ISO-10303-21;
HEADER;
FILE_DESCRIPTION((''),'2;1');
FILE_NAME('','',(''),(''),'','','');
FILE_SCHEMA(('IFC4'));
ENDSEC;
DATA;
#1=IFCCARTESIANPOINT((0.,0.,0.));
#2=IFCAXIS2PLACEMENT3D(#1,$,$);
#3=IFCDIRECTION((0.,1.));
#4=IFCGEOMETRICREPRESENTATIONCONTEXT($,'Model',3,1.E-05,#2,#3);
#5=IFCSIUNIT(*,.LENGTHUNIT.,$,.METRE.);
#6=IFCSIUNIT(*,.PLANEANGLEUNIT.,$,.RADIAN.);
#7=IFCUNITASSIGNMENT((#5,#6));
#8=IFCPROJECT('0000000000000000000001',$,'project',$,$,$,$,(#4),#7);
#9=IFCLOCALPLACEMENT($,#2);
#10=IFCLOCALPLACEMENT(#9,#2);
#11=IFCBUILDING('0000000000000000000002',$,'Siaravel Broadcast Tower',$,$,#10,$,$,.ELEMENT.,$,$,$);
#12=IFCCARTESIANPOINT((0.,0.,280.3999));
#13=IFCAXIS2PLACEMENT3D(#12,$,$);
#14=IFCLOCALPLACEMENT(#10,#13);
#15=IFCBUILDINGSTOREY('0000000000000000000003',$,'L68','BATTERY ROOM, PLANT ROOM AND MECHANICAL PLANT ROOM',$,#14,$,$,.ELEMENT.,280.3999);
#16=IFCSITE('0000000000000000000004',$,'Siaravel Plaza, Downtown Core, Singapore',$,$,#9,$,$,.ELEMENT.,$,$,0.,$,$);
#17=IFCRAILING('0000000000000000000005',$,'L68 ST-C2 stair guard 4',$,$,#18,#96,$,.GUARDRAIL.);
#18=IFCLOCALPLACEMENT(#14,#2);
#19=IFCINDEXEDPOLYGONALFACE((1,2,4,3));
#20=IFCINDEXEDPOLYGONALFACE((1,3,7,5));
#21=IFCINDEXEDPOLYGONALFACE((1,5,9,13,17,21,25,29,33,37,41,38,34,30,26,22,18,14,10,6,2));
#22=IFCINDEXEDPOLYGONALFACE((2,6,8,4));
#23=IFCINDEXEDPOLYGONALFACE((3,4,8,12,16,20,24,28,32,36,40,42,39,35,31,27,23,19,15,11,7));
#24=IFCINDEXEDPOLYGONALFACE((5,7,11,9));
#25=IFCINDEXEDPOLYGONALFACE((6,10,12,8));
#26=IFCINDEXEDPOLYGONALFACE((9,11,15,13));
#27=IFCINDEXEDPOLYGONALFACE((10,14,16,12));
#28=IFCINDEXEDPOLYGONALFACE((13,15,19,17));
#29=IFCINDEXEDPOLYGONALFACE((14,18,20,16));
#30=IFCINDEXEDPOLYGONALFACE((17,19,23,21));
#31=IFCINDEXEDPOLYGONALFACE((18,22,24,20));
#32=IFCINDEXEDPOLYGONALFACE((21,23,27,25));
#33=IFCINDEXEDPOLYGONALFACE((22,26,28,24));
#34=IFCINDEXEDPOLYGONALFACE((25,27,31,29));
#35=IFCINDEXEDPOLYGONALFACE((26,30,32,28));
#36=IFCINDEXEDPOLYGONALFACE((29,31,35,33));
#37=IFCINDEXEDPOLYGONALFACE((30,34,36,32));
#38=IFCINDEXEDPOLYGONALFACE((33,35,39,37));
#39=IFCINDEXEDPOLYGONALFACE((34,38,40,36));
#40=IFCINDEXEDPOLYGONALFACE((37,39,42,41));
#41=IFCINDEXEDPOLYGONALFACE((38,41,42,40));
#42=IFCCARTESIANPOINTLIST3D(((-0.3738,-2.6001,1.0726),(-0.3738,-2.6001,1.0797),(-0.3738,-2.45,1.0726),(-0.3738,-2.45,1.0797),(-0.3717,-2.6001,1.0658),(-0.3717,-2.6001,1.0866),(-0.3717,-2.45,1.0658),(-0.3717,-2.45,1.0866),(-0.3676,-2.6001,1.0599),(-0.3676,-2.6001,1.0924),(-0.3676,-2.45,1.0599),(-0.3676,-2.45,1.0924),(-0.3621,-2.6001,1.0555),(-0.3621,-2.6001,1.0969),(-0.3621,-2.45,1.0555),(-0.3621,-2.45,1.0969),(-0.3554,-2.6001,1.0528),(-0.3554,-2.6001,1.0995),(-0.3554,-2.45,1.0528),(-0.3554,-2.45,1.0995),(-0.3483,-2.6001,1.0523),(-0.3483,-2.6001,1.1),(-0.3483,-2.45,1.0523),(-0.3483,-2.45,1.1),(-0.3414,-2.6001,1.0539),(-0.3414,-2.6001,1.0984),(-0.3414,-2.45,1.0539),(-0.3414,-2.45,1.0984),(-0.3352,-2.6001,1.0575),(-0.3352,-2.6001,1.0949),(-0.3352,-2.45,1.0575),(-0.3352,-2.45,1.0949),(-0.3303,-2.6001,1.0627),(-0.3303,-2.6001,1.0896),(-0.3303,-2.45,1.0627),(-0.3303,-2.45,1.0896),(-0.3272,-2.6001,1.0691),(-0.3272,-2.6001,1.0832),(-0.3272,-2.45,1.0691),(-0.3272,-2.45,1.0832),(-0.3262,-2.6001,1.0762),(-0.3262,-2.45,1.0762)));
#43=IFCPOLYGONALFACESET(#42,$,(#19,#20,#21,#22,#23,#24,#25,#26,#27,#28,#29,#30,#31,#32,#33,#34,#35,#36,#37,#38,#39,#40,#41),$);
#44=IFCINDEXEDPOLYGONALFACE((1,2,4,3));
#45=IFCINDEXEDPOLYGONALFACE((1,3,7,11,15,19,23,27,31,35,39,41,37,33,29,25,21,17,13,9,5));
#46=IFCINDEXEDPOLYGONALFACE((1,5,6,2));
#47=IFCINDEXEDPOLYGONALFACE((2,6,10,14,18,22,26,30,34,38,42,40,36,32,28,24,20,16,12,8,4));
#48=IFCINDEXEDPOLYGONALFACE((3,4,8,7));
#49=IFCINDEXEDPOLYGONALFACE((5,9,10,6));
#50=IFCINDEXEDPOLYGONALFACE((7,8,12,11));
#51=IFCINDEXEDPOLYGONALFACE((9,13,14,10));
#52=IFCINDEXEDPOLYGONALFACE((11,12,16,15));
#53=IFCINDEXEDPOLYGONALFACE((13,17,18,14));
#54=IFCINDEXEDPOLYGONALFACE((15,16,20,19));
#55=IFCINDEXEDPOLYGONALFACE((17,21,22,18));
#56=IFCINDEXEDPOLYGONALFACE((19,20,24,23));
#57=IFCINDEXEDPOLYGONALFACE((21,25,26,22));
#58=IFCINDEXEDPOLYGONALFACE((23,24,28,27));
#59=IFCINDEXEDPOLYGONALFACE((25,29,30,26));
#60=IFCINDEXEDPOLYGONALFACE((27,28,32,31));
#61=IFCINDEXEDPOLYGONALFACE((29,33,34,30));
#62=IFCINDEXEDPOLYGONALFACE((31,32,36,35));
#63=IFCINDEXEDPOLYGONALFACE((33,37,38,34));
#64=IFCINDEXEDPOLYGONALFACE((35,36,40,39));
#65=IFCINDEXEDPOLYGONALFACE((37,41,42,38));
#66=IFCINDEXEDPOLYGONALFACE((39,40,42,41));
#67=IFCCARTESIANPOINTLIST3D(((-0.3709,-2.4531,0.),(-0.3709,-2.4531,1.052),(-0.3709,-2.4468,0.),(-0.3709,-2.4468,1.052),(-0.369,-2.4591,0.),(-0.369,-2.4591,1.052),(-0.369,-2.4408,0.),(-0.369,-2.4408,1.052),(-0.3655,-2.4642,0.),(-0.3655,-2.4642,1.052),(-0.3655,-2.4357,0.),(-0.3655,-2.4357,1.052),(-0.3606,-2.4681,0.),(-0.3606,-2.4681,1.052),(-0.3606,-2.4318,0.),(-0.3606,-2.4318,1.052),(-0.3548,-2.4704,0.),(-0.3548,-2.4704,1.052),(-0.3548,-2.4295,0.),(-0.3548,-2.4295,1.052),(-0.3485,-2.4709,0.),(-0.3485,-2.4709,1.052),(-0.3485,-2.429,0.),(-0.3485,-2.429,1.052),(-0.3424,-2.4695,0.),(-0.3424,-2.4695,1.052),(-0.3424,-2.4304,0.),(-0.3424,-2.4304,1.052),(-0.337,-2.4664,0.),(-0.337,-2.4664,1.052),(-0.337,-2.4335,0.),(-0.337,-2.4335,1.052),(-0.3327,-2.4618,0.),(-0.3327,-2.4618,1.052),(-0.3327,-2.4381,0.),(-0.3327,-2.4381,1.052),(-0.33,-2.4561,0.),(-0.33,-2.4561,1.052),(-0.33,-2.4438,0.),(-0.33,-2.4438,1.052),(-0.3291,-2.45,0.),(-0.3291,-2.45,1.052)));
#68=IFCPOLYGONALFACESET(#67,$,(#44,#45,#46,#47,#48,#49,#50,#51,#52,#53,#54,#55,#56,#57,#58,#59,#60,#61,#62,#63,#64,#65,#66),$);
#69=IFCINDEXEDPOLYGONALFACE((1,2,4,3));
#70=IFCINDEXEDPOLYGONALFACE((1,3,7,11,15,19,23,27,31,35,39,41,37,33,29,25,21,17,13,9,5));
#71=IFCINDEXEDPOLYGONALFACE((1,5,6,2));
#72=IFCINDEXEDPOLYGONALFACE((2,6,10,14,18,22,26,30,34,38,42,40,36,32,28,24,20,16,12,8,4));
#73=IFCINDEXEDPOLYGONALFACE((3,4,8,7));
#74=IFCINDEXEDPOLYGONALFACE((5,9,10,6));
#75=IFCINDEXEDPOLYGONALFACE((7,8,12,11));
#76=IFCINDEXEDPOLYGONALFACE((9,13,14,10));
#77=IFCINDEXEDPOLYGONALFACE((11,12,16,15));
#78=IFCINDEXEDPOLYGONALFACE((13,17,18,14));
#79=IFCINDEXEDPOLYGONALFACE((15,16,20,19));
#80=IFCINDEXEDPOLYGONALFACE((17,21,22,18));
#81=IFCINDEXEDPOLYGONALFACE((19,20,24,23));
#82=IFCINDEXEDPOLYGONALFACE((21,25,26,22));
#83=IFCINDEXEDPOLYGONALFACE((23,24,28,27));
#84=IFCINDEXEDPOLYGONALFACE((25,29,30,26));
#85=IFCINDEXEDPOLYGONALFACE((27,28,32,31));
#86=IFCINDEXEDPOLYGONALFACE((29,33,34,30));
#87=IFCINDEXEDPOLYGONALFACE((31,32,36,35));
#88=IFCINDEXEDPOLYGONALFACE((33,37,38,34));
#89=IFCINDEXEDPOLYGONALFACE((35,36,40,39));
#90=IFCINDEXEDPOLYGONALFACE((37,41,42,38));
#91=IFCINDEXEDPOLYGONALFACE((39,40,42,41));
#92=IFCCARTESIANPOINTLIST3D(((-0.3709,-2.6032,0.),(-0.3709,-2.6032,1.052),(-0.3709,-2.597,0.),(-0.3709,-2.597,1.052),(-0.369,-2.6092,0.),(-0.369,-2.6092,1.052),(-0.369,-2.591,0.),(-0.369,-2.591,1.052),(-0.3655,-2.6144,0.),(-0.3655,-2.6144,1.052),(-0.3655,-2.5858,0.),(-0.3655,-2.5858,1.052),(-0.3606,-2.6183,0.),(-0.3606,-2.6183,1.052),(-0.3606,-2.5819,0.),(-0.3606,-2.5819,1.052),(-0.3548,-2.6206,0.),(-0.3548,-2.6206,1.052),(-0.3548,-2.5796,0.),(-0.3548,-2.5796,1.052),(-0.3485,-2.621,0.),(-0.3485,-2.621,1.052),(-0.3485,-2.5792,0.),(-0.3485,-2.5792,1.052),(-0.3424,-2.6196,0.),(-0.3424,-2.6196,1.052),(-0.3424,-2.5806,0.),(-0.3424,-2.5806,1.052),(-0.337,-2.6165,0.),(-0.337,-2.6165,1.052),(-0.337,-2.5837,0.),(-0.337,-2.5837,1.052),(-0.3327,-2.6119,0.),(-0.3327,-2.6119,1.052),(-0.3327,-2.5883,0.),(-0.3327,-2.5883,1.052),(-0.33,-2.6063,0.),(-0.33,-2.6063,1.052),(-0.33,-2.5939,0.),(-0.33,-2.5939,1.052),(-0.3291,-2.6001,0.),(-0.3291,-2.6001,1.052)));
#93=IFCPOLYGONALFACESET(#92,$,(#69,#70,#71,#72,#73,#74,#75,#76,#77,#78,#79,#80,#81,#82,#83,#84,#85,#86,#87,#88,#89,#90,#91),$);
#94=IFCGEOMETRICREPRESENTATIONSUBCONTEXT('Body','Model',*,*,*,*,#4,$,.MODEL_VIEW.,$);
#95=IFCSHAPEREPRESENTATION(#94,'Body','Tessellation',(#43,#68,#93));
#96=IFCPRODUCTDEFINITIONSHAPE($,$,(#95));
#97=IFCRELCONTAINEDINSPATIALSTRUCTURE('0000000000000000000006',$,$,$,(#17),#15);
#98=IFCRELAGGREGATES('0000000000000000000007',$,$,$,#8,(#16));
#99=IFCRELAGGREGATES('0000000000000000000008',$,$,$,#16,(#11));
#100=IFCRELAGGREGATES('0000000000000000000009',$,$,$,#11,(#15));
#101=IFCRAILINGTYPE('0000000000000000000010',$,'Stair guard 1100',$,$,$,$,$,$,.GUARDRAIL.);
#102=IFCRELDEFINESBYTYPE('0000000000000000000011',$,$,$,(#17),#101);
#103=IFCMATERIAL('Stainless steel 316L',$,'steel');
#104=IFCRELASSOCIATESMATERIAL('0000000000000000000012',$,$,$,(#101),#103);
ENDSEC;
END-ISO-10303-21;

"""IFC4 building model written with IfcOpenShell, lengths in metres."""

from ifc_helpers import new_model, si_unit, direction, frame, origin, origin_2d, place, context, subcontext, project, spatial, circle, extrude, material, type_object, element, save


model = new_model("IFC4")

# Units and contexts
model_context = context("Model", 3, precision=1e-05, world=origin(), true_north=direction((0.0, 1.0)))
body_context = subcontext(model_context, "Body", "Model", "MODEL_VIEW")
ifc_project = project(units=[si_unit("LENGTHUNIT", "METRE"), si_unit("PLANEANGLEUNIT", "RADIAN")], contexts=[model_context])

# Site, building, storey
site_placement = place(None, origin())
site = spatial("IfcSite", under=ifc_project, at=site_placement, Name="Siaravel Plaza, Downtown Core, Singapore", CompositionType="ELEMENT", RefElevation=0.0)
building_placement = place(site_placement, origin())
building = spatial("IfcBuilding", under=site, at=building_placement, Name="Siaravel Broadcast Tower", CompositionType="ELEMENT")
storey_placement = place(building_placement, frame((0.0, 0.0, 280.3999)))
storey = spatial("IfcBuildingStorey", under=building, at=storey_placement, Name="L68", Description="BATTERY ROOM, PLANT ROOM AND MECHANICAL PLANT ROOM", CompositionType="ELEMENT", Elevation=280.3999)

# Shared definitions
ifc_material_1 = material(Name="Stainless steel 316L", Category="steel")

# Railing
railing_type_1 = type_object("IfcRailingType", Name="Stair guard 1100", PredefinedType="GUARDRAIL", material=ifc_material_1)
railing_1_placement = place(storey_placement, frame((-0.3501, -2.45, 0.0)))
element("IfcRailing", 1, at=railing_1_placement, inside=storey, type_object=railing_type_1, Name="L68 ST-C2 stair guard 4", PredefinedType="GUARDRAIL", context=body_context, shape_type="SweptSolid", body=[
    extrude(circle(Radius=0.0239, at=origin_2d()), frame((0.0, 0.0, 1.0762), z_axis=(0.0, -1.0, 0.0), x_axis=(1.0, 0.0, 0.0)), (0.0, 0.0, 1.0), 0.1501),
    extrude(circle(Radius=0.021, at=origin_2d()), origin(), (0.0, 0.0, 1.0), 1.052),
    extrude(circle(Radius=0.021, at=origin_2d()), frame((0.0, -0.1501, 0.0)), (0.0, 0.0, 1.0), 1.052),
])

save(model, "model.ifc")
